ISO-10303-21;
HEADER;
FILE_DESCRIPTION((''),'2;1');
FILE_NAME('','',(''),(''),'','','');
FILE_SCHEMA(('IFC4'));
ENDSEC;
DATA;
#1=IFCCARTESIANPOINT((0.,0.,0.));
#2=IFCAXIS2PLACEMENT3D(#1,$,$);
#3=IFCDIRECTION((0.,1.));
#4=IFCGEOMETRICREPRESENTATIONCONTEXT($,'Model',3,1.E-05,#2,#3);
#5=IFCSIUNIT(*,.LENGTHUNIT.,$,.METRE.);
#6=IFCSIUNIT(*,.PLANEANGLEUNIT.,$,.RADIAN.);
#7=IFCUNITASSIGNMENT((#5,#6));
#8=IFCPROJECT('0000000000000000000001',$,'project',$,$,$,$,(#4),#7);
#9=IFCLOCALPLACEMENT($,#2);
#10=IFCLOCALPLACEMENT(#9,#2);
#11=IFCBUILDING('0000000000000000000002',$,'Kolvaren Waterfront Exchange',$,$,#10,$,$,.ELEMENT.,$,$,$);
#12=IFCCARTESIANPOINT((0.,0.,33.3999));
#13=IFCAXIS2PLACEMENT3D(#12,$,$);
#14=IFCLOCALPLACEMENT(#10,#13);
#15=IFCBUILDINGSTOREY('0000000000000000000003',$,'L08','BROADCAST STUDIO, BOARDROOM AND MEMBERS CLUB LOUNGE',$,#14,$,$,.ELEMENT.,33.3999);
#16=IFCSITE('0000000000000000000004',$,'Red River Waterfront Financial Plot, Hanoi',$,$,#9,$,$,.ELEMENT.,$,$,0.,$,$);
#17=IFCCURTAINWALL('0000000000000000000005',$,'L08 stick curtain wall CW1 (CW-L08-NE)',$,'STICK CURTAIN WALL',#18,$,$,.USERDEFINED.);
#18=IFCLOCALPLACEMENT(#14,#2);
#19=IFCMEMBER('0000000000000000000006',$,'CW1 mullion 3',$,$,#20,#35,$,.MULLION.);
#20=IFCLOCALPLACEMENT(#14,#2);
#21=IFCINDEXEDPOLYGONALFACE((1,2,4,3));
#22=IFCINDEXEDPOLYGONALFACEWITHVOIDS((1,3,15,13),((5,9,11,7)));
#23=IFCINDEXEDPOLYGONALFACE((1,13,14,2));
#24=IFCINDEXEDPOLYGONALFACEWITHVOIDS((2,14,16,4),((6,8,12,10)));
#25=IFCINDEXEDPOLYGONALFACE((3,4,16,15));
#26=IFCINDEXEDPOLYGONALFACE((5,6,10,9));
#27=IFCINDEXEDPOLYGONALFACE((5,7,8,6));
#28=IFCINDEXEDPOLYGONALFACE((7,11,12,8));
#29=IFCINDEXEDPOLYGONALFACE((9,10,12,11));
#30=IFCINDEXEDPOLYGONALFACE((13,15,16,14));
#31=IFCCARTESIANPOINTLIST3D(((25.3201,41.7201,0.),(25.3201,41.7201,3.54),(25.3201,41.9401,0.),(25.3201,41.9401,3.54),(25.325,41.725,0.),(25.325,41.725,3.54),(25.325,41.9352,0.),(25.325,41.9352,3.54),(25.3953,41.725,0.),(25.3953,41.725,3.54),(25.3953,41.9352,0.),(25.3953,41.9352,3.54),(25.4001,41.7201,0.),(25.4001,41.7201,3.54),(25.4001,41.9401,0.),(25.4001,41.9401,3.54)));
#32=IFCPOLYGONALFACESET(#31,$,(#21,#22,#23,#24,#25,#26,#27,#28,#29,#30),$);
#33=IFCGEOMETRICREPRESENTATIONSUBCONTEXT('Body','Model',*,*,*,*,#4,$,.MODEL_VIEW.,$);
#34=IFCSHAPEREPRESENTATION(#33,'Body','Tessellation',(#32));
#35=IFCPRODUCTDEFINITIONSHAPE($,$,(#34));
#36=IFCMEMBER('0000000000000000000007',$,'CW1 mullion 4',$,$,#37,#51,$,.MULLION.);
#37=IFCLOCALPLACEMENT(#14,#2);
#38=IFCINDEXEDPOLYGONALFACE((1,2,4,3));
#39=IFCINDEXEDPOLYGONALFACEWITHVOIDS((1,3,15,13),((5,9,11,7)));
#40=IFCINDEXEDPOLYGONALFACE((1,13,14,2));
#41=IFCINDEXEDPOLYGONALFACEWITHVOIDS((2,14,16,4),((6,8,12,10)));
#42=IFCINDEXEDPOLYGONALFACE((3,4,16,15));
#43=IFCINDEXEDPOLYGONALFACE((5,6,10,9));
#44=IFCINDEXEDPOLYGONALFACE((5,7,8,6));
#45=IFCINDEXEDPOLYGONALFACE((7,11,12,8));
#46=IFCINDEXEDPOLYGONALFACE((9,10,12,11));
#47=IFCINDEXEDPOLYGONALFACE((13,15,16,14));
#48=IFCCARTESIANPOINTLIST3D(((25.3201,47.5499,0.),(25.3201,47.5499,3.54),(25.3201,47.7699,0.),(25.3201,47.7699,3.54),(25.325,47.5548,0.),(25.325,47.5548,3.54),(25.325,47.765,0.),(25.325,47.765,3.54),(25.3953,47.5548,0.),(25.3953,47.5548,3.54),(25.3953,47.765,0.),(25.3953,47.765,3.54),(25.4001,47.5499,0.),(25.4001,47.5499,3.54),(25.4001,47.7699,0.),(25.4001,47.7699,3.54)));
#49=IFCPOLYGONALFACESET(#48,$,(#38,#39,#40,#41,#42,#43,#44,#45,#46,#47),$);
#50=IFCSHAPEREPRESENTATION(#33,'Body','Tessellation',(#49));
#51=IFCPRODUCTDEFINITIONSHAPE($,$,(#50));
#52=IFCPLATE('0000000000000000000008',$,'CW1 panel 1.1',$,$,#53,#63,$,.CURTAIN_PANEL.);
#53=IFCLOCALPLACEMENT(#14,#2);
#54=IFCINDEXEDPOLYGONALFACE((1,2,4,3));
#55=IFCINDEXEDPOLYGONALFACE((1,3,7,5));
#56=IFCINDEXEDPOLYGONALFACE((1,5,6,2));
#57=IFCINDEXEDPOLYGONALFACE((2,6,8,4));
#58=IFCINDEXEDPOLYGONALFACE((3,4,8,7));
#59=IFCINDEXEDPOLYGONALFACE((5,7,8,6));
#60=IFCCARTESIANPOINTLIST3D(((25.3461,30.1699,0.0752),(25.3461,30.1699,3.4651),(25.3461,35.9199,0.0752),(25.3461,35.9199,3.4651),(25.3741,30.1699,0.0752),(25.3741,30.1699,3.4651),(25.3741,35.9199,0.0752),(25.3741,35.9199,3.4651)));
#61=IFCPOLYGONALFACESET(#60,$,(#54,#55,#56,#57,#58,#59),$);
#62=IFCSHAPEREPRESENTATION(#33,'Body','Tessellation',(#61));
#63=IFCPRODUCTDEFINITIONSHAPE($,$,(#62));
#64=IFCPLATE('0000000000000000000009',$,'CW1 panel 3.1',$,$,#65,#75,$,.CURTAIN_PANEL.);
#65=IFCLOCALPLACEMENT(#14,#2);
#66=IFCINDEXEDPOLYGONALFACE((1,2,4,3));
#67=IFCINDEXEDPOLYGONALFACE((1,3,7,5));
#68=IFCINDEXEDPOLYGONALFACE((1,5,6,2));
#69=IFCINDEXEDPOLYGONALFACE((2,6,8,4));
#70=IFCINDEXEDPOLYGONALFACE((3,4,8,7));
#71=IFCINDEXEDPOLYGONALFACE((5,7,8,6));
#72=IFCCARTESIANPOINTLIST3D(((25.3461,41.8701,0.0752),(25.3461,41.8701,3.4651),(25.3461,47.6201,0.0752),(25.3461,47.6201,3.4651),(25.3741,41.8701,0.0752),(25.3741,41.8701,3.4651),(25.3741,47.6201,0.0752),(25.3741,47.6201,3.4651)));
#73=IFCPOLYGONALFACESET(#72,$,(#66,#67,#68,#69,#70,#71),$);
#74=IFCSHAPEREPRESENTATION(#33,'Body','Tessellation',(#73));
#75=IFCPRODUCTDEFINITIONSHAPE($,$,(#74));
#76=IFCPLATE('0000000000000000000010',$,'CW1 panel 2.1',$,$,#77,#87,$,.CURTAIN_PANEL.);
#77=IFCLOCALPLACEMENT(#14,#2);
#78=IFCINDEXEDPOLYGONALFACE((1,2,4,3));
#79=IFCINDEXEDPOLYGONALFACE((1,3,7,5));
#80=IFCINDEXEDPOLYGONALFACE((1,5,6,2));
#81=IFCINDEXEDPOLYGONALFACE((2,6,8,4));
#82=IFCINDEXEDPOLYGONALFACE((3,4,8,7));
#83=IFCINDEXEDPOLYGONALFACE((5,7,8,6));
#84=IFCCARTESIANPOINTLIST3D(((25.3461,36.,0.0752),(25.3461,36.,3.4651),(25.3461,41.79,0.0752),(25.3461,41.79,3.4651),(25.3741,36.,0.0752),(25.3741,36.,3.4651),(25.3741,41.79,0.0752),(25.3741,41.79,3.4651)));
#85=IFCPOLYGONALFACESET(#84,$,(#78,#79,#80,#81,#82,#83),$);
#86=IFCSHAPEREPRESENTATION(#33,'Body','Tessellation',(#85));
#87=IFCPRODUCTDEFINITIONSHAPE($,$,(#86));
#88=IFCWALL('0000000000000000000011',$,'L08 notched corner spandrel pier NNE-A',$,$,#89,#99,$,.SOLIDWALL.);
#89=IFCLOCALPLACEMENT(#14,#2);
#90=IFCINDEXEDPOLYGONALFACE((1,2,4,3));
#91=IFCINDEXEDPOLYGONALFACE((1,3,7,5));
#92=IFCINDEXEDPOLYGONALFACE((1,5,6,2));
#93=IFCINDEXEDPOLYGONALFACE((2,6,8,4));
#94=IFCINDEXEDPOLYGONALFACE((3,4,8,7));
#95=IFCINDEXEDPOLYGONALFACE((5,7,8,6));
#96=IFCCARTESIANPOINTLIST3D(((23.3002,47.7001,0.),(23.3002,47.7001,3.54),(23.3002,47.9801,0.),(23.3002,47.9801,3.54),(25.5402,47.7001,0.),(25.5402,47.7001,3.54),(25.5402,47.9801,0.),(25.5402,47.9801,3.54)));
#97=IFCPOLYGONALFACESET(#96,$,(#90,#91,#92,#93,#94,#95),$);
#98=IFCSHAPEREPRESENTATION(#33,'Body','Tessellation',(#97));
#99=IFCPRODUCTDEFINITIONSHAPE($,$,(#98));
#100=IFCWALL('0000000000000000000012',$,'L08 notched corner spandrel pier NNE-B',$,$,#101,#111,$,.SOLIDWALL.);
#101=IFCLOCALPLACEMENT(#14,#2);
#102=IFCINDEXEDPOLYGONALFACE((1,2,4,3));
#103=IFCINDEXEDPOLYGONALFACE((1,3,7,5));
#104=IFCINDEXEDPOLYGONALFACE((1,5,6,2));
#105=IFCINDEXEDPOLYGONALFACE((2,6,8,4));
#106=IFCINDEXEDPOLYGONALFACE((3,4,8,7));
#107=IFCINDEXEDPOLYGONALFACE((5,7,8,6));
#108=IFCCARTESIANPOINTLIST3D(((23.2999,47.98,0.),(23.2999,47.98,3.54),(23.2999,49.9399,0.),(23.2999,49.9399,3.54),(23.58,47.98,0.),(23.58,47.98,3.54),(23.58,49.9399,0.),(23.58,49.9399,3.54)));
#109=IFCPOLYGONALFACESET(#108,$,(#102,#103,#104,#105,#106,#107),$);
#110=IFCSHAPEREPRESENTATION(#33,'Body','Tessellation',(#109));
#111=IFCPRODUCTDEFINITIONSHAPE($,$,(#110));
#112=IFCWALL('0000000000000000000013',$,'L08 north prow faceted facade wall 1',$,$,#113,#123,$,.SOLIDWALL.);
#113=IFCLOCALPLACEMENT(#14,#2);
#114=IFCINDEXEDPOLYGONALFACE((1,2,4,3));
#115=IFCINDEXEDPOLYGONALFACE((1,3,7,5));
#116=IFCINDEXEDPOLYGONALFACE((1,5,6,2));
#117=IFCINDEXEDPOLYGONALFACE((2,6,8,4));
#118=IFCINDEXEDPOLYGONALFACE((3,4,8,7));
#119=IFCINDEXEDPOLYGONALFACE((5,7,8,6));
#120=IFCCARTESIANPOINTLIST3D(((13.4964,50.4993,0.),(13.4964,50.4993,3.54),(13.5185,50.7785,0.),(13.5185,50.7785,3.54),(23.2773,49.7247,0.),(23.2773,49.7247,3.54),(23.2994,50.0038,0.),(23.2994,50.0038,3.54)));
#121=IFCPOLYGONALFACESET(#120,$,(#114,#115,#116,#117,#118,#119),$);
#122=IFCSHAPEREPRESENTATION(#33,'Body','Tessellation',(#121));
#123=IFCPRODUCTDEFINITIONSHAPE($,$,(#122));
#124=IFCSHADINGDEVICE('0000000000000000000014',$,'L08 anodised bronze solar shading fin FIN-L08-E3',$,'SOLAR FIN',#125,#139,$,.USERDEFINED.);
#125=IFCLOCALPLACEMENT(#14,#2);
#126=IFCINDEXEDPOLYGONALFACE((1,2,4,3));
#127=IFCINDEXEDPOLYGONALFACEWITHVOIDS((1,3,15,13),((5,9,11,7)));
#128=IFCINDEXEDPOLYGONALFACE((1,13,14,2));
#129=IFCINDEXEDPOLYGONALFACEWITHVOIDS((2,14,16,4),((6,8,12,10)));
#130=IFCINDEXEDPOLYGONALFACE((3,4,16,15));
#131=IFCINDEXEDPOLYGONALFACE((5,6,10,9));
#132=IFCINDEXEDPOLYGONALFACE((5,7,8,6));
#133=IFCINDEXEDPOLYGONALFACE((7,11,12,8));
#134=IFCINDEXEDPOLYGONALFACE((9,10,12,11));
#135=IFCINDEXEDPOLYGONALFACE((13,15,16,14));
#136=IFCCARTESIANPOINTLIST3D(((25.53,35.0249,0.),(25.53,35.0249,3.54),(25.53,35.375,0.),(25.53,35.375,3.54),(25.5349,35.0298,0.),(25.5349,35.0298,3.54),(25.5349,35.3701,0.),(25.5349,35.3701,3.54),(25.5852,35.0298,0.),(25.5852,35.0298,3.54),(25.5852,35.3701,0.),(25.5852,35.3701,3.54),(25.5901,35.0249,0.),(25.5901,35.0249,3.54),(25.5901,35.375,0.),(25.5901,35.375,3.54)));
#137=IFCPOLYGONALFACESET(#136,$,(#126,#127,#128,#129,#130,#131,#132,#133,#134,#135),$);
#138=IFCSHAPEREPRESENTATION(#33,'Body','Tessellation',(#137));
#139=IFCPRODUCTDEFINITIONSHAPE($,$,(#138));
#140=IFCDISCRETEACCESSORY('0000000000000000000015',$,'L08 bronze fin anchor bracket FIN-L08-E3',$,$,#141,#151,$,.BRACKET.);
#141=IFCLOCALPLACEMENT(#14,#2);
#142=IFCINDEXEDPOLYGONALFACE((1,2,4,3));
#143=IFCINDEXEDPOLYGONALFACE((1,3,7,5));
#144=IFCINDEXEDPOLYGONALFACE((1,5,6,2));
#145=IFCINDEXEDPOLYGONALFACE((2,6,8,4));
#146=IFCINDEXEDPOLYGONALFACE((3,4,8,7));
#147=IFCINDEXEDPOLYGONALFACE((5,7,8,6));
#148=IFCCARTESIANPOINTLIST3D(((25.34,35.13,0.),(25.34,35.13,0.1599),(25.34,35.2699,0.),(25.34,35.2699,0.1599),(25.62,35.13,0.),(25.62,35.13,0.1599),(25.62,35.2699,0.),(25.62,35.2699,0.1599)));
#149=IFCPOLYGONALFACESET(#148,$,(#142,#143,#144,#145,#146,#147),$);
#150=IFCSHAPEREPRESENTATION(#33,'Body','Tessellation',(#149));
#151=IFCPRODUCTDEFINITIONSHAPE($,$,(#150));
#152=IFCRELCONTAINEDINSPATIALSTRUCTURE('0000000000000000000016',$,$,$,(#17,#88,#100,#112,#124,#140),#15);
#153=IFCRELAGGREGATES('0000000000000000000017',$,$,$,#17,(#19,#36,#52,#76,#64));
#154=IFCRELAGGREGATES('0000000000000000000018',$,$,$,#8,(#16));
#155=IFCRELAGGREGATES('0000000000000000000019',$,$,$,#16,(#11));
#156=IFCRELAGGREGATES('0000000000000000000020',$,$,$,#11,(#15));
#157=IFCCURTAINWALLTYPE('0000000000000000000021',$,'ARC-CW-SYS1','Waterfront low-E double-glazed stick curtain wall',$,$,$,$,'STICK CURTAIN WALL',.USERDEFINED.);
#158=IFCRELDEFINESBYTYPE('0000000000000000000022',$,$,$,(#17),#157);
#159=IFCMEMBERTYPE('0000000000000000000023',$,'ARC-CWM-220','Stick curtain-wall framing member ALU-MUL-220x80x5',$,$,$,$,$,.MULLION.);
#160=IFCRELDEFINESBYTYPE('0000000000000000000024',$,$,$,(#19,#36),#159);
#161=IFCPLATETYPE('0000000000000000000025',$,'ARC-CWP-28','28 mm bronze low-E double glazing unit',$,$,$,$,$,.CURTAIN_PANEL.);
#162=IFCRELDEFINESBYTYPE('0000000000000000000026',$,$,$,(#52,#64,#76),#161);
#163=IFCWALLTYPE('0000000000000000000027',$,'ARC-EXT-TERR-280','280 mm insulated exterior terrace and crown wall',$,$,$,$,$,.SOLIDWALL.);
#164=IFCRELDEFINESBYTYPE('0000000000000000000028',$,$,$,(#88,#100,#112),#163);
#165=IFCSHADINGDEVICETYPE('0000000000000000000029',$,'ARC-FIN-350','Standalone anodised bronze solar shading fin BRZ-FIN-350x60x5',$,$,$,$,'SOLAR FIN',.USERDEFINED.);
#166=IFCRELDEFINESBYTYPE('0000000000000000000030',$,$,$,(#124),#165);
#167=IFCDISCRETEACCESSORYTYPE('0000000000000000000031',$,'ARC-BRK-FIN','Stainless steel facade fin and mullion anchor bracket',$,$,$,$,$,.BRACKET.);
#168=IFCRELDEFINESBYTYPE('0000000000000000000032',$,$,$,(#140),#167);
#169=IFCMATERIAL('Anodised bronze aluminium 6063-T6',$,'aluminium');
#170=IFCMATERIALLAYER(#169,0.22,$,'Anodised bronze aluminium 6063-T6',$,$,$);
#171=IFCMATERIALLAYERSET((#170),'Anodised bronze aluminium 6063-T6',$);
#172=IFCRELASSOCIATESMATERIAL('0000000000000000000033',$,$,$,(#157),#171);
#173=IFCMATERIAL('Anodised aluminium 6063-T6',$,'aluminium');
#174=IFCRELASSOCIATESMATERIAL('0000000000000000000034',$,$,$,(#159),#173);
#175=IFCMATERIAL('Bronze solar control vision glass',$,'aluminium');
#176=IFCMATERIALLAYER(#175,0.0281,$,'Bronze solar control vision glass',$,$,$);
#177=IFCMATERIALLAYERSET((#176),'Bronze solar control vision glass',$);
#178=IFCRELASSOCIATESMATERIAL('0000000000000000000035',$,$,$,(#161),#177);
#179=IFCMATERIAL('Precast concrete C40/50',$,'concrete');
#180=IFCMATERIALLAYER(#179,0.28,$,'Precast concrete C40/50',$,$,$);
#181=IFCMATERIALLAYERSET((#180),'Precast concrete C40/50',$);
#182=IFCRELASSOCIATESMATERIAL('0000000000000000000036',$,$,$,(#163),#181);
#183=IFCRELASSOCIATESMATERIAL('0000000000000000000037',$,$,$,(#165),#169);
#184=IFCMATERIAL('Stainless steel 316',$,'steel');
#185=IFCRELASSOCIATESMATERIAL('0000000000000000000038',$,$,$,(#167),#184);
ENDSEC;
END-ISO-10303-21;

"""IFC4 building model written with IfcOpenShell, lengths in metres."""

from ifc_helpers import new_model, si_unit, direction, frame, frame_2d, origin, origin_with_axes, origin_2d, place, context, subcontext, project, spatial, rectangle, hollow_rectangle, extrude, source, transform, mapped, material, layer, layer_set, material_profile, profile_set, type_object, element, aggregate, save


model = new_model("IFC4")

# Units and contexts
model_context = context("Model", 3, precision=1e-05, world=origin(), true_north=direction((0.0, 1.0)))
body_context = subcontext(model_context, "Body", "Model", "MODEL_VIEW")
ifc_project = project(units=[si_unit("LENGTHUNIT", "METRE"), si_unit("PLANEANGLEUNIT", "RADIAN")], contexts=[model_context])

# Site, building, storey
site_placement = place(None, origin())
site = spatial("IfcSite", under=ifc_project, at=site_placement, Name="Red River Waterfront Financial Plot, Hanoi", CompositionType="ELEMENT", RefElevation=0.0)
building_placement = place(site_placement, origin())
building = spatial("IfcBuilding", under=site, at=building_placement, Name="Kolvaren Waterfront Exchange", CompositionType="ELEMENT")
storey_placement = place(building_placement, frame((0.0, 0.0, 33.3999)))
storey = spatial("IfcBuildingStorey", under=building, at=storey_placement, Name="L08", Description="BROADCAST STUDIO, BOARDROOM AND MEMBERS CLUB LOUNGE", CompositionType="ELEMENT", Elevation=33.3999)

# Curtain wall, members, plates
ifc_material_1 = material(Name="Anodised bronze aluminium 6063-T6", Category="aluminium")
ifc_layer_1 = layer(ifc_material_1, 0.22, Name="Anodised bronze aluminium 6063-T6")
ifc_layer_set_1 = layer_set([ifc_layer_1], Name="Anodised bronze aluminium 6063-T6")
curtain_wall_type = type_object("IfcCurtainWallType", Name="ARC-CW-SYS1", Description="Waterfront low-E double-glazed stick curtain wall", ElementType="STICK CURTAIN WALL", PredefinedType="USERDEFINED", material=ifc_layer_set_1)
curtain_wall_placement = place(storey_placement, origin())
curtain_wall = element("IfcCurtainWall", 1, at=curtain_wall_placement, inside=storey, type_object=curtain_wall_type, Name="L08 stick curtain wall CW1 (CW-L08-NE)", ObjectType="STICK CURTAIN WALL", PredefinedType="USERDEFINED")
ifc_material_2 = material(Name="Anodised aluminium 6063-T6", Category="aluminium")
ifc_material_profile_1 = material_profile(ifc_material_2, hollow_rectangle(XDim=0.0801, YDim=0.22, WallThickness=0.0049, at=origin_2d()), Name="ALU-MUL-220x80x5")
ifc_profile_set_1 = profile_set([ifc_material_profile_1], Name="Anodised aluminium 6063-T6")
member_type_1 = type_object("IfcMemberType", Name="ARC-CWM-220", Description="Stick curtain-wall framing member ALU-MUL-220x80x5", PredefinedType="MULLION", material=ifc_profile_set_1)
shared_shape_1 = source(origin_with_axes(), body_context, "Body", "SweptSolid", [
    extrude(hollow_rectangle(XDim=0.0801, YDim=0.22, WallThickness=0.0049, at=origin_2d()), origin(), (0.0, 0.0, 1.0), 3.54),
])
member_1_placement = place(storey_placement, frame((25.3601, 41.8301, 0.0), z_axis=(0.0, 0.0, 1.0), x_axis=(-1.0, 0.0, 0.0)))
member_1 = element("IfcMember", 2, at=member_1_placement, type_object=member_type_1, Name="CW1 mullion 3", PredefinedType="MULLION", context=body_context, shape_type="MappedRepresentation", body=[
    mapped(shared_shape_1, transform((0.0, 0.0, 0.0), x_axis=(1.0, 0.0, 0.0), y_axis=(0.0, 1.0, 0.0), z_axis=(0.0, 0.0, 1.0), scale=1.0)),
])
member_2_placement = place(storey_placement, frame((25.3601, 47.6599, 0.0), z_axis=(0.0, 0.0, 1.0), x_axis=(-1.0, 0.0, 0.0)))
member_2 = element("IfcMember", 3, at=member_2_placement, type_object=member_type_1, Name="CW1 mullion 4", PredefinedType="MULLION", context=body_context, shape_type="MappedRepresentation", body=[
    mapped(shared_shape_1, transform((0.0, 0.0, 0.0), x_axis=(1.0, 0.0, 0.0), y_axis=(0.0, 1.0, 0.0), z_axis=(0.0, 0.0, 1.0), scale=1.0)),
])
ifc_material_3 = material(Name="Bronze solar control vision glass", Category="aluminium")
ifc_layer_2 = layer(ifc_material_3, 0.0281, Name="Bronze solar control vision glass")
ifc_layer_set_2 = layer_set([ifc_layer_2], Name="Bronze solar control vision glass")
plate_type = type_object("IfcPlateType", Name="ARC-CWP-28", Description="28 mm bronze low-E double glazing unit", PredefinedType="CURTAIN_PANEL", material=ifc_layer_set_2)
shared_shape_2 = source(origin_with_axes(), body_context, "Body", "SweptSolid", [
    extrude(rectangle(XDim=5.75, YDim=0.0281, at=origin_2d()), origin(), (0.0, 0.0, 1.0), 3.3899),
])
plate_1_placement = place(storey_placement, frame((25.3601, 33.0449, 0.0752), z_axis=(0.0, 0.0, 1.0), x_axis=(0.0, 1.0, 0.0)))
plate_1 = element("IfcPlate", 4, at=plate_1_placement, type_object=plate_type, Name="CW1 panel 1.1", PredefinedType="CURTAIN_PANEL", context=body_context, shape_type="MappedRepresentation", body=[
    mapped(shared_shape_2, transform((0.0, 0.0, 0.0), x_axis=(1.0, 0.0, 0.0), y_axis=(0.0, 1.0, 0.0), z_axis=(0.0, 0.0, 1.0), scale=1.0)),
])
plate_2_placement = place(storey_placement, frame((25.3601, 44.7451, 0.0752), z_axis=(0.0, 0.0, 1.0), x_axis=(0.0, 1.0, 0.0)))
plate_2 = element("IfcPlate", 5, at=plate_2_placement, type_object=plate_type, Name="CW1 panel 3.1", PredefinedType="CURTAIN_PANEL", context=body_context, shape_type="MappedRepresentation", body=[
    mapped(shared_shape_2, transform((0.0, 0.0, 0.0), x_axis=(1.0, 0.0, 0.0), y_axis=(0.0, 1.0, 0.0), z_axis=(0.0, 0.0, 1.0), scale=1.0)),
])
shared_shape_3 = source(origin_with_axes(), body_context, "Body", "SweptSolid", [
    extrude(rectangle(XDim=5.79, YDim=0.0281, at=origin_2d()), origin(), (0.0, 0.0, 1.0), 3.3899),
])
plate_3_placement = place(storey_placement, frame((25.3601, 38.895, 0.0752), z_axis=(0.0, 0.0, 1.0), x_axis=(0.0, 1.0, 0.0)))
plate_3 = element("IfcPlate", 6, at=plate_3_placement, type_object=plate_type, Name="CW1 panel 2.1", PredefinedType="CURTAIN_PANEL", context=body_context, shape_type="MappedRepresentation", body=[
    mapped(shared_shape_3, transform((0.0, 0.0, 0.0), x_axis=(1.0, 0.0, 0.0), y_axis=(0.0, 1.0, 0.0), z_axis=(0.0, 0.0, 1.0), scale=1.0)),
])
aggregate(curtain_wall, [member_1, member_2, plate_1, plate_3, plate_2])

# Walls
ifc_material_4 = material(Name="Precast concrete C40/50", Category="concrete")
ifc_layer_3 = layer(ifc_material_4, 0.28, Name="Precast concrete C40/50")
ifc_layer_set_3 = layer_set([ifc_layer_3], Name="Precast concrete C40/50")
wall_type = type_object("IfcWallType", Name="ARC-EXT-TERR-280", Description="280 mm insulated exterior terrace and crown wall", PredefinedType="SOLIDWALL", material=ifc_layer_set_3)
wall_1_placement = place(storey_placement, frame((23.3, 47.8401, 0.0), z_axis=(0.0, 0.0, 1.0), x_axis=(1.0, 0.0, 0.0)))
element("IfcWall", 7, at=wall_1_placement, inside=storey, type_object=wall_type, Name="L08 notched corner spandrel pier NNE-A", PredefinedType="SOLIDWALL", context=body_context, shape_type="SweptSolid", body=[
    extrude(rectangle(XDim=2.24, YDim=0.28, at=frame_2d((1.1201, 0.0))), origin(), (0.0, 0.0, 1.0), 3.54),
])
wall_2_placement = place(storey_placement, frame((23.4399, 47.98, 0.0), z_axis=(0.0, 0.0, 1.0), x_axis=(0.0, 1.0, 0.0)))
element("IfcWall", 8, at=wall_2_placement, inside=storey, type_object=wall_type, Name="L08 notched corner spandrel pier NNE-B", PredefinedType="SOLIDWALL", context=body_context, shape_type="SweptSolid", body=[
    extrude(rectangle(XDim=1.96, YDim=0.28, at=frame_2d((0.98, 0.0))), origin(), (0.0, 0.0, 1.0), 3.54),
])
wall_3_placement = place(storey_placement, frame((23.2883, 49.8643, 0.0), z_axis=(0.0, 0.0, 1.0), x_axis=(-0.996878, 0.078953, 0.0)))
element("IfcWall", 9, at=wall_3_placement, inside=storey, type_object=wall_type, Name="L08 north prow faceted facade wall 1", PredefinedType="SOLIDWALL", context=body_context, shape_type="SweptSolid", body=[
    extrude(rectangle(XDim=9.8115, YDim=0.28, at=frame_2d((4.9058, 0.0))), origin(), (0.0, 0.0, 1.0), 3.54),
])

# Shading device
ifc_material_profile_2 = material_profile(ifc_material_1, hollow_rectangle(XDim=0.0601, YDim=0.3501, WallThickness=0.0049, at=origin_2d()), Name="BRZ-FIN-350x60x5")
ifc_profile_set_2 = profile_set([ifc_material_profile_2], Name="Anodised bronze aluminium 6063-T6")
shading_device_type = type_object("IfcShadingDeviceType", Name="ARC-FIN-350", Description="Standalone anodised bronze solar shading fin BRZ-FIN-350x60x5", ElementType="SOLAR FIN", PredefinedType="USERDEFINED", material=ifc_profile_set_2)
shading_device_placement = place(storey_placement, frame((25.5601, 35.2, 0.0), z_axis=(0.0, 0.0, 1.0), x_axis=(1.0, 0.0, 0.0)))
element("IfcShadingDevice", 10, at=shading_device_placement, inside=storey, type_object=shading_device_type, Name="L08 anodised bronze solar shading fin FIN-L08-E3", ObjectType="SOLAR FIN", PredefinedType="USERDEFINED", context=body_context, shape_type="SweptSolid", body=[
    extrude(hollow_rectangle(XDim=0.0601, YDim=0.3501, WallThickness=0.0049, at=origin_2d()), origin(), (0.0, 0.0, 1.0), 3.54),
])

# Discrete accessory
ifc_material_5 = material(Name="Stainless steel 316", Category="steel")
discrete_accessory_type = type_object("IfcDiscreteAccessoryType", Name="ARC-BRK-FIN", Description="Stainless steel facade fin and mullion anchor bracket", PredefinedType="BRACKET", material=ifc_material_5)
shared_shape_4 = source(origin_with_axes(), body_context, "Body", "SweptSolid", [
    extrude(rectangle(XDim=0.28, YDim=0.1399, at=origin_2d()), origin(), (0.0, 0.0, 1.0), 0.1599),
])
discrete_accessory_placement = place(storey_placement, frame((25.48, 35.2, 0.0), z_axis=(0.0, 0.0, 1.0), x_axis=(1.0, 0.0, 0.0)))
element("IfcDiscreteAccessory", 11, at=discrete_accessory_placement, inside=storey, type_object=discrete_accessory_type, Name="L08 bronze fin anchor bracket FIN-L08-E3", PredefinedType="BRACKET", context=body_context, shape_type="MappedRepresentation", body=[
    mapped(shared_shape_4, transform((0.0, 0.0, 0.0), x_axis=(1.0, 0.0, 0.0), y_axis=(0.0, 1.0, 0.0), z_axis=(0.0, 0.0, 1.0), scale=1.0)),
])

save(model, "model.ifc")
